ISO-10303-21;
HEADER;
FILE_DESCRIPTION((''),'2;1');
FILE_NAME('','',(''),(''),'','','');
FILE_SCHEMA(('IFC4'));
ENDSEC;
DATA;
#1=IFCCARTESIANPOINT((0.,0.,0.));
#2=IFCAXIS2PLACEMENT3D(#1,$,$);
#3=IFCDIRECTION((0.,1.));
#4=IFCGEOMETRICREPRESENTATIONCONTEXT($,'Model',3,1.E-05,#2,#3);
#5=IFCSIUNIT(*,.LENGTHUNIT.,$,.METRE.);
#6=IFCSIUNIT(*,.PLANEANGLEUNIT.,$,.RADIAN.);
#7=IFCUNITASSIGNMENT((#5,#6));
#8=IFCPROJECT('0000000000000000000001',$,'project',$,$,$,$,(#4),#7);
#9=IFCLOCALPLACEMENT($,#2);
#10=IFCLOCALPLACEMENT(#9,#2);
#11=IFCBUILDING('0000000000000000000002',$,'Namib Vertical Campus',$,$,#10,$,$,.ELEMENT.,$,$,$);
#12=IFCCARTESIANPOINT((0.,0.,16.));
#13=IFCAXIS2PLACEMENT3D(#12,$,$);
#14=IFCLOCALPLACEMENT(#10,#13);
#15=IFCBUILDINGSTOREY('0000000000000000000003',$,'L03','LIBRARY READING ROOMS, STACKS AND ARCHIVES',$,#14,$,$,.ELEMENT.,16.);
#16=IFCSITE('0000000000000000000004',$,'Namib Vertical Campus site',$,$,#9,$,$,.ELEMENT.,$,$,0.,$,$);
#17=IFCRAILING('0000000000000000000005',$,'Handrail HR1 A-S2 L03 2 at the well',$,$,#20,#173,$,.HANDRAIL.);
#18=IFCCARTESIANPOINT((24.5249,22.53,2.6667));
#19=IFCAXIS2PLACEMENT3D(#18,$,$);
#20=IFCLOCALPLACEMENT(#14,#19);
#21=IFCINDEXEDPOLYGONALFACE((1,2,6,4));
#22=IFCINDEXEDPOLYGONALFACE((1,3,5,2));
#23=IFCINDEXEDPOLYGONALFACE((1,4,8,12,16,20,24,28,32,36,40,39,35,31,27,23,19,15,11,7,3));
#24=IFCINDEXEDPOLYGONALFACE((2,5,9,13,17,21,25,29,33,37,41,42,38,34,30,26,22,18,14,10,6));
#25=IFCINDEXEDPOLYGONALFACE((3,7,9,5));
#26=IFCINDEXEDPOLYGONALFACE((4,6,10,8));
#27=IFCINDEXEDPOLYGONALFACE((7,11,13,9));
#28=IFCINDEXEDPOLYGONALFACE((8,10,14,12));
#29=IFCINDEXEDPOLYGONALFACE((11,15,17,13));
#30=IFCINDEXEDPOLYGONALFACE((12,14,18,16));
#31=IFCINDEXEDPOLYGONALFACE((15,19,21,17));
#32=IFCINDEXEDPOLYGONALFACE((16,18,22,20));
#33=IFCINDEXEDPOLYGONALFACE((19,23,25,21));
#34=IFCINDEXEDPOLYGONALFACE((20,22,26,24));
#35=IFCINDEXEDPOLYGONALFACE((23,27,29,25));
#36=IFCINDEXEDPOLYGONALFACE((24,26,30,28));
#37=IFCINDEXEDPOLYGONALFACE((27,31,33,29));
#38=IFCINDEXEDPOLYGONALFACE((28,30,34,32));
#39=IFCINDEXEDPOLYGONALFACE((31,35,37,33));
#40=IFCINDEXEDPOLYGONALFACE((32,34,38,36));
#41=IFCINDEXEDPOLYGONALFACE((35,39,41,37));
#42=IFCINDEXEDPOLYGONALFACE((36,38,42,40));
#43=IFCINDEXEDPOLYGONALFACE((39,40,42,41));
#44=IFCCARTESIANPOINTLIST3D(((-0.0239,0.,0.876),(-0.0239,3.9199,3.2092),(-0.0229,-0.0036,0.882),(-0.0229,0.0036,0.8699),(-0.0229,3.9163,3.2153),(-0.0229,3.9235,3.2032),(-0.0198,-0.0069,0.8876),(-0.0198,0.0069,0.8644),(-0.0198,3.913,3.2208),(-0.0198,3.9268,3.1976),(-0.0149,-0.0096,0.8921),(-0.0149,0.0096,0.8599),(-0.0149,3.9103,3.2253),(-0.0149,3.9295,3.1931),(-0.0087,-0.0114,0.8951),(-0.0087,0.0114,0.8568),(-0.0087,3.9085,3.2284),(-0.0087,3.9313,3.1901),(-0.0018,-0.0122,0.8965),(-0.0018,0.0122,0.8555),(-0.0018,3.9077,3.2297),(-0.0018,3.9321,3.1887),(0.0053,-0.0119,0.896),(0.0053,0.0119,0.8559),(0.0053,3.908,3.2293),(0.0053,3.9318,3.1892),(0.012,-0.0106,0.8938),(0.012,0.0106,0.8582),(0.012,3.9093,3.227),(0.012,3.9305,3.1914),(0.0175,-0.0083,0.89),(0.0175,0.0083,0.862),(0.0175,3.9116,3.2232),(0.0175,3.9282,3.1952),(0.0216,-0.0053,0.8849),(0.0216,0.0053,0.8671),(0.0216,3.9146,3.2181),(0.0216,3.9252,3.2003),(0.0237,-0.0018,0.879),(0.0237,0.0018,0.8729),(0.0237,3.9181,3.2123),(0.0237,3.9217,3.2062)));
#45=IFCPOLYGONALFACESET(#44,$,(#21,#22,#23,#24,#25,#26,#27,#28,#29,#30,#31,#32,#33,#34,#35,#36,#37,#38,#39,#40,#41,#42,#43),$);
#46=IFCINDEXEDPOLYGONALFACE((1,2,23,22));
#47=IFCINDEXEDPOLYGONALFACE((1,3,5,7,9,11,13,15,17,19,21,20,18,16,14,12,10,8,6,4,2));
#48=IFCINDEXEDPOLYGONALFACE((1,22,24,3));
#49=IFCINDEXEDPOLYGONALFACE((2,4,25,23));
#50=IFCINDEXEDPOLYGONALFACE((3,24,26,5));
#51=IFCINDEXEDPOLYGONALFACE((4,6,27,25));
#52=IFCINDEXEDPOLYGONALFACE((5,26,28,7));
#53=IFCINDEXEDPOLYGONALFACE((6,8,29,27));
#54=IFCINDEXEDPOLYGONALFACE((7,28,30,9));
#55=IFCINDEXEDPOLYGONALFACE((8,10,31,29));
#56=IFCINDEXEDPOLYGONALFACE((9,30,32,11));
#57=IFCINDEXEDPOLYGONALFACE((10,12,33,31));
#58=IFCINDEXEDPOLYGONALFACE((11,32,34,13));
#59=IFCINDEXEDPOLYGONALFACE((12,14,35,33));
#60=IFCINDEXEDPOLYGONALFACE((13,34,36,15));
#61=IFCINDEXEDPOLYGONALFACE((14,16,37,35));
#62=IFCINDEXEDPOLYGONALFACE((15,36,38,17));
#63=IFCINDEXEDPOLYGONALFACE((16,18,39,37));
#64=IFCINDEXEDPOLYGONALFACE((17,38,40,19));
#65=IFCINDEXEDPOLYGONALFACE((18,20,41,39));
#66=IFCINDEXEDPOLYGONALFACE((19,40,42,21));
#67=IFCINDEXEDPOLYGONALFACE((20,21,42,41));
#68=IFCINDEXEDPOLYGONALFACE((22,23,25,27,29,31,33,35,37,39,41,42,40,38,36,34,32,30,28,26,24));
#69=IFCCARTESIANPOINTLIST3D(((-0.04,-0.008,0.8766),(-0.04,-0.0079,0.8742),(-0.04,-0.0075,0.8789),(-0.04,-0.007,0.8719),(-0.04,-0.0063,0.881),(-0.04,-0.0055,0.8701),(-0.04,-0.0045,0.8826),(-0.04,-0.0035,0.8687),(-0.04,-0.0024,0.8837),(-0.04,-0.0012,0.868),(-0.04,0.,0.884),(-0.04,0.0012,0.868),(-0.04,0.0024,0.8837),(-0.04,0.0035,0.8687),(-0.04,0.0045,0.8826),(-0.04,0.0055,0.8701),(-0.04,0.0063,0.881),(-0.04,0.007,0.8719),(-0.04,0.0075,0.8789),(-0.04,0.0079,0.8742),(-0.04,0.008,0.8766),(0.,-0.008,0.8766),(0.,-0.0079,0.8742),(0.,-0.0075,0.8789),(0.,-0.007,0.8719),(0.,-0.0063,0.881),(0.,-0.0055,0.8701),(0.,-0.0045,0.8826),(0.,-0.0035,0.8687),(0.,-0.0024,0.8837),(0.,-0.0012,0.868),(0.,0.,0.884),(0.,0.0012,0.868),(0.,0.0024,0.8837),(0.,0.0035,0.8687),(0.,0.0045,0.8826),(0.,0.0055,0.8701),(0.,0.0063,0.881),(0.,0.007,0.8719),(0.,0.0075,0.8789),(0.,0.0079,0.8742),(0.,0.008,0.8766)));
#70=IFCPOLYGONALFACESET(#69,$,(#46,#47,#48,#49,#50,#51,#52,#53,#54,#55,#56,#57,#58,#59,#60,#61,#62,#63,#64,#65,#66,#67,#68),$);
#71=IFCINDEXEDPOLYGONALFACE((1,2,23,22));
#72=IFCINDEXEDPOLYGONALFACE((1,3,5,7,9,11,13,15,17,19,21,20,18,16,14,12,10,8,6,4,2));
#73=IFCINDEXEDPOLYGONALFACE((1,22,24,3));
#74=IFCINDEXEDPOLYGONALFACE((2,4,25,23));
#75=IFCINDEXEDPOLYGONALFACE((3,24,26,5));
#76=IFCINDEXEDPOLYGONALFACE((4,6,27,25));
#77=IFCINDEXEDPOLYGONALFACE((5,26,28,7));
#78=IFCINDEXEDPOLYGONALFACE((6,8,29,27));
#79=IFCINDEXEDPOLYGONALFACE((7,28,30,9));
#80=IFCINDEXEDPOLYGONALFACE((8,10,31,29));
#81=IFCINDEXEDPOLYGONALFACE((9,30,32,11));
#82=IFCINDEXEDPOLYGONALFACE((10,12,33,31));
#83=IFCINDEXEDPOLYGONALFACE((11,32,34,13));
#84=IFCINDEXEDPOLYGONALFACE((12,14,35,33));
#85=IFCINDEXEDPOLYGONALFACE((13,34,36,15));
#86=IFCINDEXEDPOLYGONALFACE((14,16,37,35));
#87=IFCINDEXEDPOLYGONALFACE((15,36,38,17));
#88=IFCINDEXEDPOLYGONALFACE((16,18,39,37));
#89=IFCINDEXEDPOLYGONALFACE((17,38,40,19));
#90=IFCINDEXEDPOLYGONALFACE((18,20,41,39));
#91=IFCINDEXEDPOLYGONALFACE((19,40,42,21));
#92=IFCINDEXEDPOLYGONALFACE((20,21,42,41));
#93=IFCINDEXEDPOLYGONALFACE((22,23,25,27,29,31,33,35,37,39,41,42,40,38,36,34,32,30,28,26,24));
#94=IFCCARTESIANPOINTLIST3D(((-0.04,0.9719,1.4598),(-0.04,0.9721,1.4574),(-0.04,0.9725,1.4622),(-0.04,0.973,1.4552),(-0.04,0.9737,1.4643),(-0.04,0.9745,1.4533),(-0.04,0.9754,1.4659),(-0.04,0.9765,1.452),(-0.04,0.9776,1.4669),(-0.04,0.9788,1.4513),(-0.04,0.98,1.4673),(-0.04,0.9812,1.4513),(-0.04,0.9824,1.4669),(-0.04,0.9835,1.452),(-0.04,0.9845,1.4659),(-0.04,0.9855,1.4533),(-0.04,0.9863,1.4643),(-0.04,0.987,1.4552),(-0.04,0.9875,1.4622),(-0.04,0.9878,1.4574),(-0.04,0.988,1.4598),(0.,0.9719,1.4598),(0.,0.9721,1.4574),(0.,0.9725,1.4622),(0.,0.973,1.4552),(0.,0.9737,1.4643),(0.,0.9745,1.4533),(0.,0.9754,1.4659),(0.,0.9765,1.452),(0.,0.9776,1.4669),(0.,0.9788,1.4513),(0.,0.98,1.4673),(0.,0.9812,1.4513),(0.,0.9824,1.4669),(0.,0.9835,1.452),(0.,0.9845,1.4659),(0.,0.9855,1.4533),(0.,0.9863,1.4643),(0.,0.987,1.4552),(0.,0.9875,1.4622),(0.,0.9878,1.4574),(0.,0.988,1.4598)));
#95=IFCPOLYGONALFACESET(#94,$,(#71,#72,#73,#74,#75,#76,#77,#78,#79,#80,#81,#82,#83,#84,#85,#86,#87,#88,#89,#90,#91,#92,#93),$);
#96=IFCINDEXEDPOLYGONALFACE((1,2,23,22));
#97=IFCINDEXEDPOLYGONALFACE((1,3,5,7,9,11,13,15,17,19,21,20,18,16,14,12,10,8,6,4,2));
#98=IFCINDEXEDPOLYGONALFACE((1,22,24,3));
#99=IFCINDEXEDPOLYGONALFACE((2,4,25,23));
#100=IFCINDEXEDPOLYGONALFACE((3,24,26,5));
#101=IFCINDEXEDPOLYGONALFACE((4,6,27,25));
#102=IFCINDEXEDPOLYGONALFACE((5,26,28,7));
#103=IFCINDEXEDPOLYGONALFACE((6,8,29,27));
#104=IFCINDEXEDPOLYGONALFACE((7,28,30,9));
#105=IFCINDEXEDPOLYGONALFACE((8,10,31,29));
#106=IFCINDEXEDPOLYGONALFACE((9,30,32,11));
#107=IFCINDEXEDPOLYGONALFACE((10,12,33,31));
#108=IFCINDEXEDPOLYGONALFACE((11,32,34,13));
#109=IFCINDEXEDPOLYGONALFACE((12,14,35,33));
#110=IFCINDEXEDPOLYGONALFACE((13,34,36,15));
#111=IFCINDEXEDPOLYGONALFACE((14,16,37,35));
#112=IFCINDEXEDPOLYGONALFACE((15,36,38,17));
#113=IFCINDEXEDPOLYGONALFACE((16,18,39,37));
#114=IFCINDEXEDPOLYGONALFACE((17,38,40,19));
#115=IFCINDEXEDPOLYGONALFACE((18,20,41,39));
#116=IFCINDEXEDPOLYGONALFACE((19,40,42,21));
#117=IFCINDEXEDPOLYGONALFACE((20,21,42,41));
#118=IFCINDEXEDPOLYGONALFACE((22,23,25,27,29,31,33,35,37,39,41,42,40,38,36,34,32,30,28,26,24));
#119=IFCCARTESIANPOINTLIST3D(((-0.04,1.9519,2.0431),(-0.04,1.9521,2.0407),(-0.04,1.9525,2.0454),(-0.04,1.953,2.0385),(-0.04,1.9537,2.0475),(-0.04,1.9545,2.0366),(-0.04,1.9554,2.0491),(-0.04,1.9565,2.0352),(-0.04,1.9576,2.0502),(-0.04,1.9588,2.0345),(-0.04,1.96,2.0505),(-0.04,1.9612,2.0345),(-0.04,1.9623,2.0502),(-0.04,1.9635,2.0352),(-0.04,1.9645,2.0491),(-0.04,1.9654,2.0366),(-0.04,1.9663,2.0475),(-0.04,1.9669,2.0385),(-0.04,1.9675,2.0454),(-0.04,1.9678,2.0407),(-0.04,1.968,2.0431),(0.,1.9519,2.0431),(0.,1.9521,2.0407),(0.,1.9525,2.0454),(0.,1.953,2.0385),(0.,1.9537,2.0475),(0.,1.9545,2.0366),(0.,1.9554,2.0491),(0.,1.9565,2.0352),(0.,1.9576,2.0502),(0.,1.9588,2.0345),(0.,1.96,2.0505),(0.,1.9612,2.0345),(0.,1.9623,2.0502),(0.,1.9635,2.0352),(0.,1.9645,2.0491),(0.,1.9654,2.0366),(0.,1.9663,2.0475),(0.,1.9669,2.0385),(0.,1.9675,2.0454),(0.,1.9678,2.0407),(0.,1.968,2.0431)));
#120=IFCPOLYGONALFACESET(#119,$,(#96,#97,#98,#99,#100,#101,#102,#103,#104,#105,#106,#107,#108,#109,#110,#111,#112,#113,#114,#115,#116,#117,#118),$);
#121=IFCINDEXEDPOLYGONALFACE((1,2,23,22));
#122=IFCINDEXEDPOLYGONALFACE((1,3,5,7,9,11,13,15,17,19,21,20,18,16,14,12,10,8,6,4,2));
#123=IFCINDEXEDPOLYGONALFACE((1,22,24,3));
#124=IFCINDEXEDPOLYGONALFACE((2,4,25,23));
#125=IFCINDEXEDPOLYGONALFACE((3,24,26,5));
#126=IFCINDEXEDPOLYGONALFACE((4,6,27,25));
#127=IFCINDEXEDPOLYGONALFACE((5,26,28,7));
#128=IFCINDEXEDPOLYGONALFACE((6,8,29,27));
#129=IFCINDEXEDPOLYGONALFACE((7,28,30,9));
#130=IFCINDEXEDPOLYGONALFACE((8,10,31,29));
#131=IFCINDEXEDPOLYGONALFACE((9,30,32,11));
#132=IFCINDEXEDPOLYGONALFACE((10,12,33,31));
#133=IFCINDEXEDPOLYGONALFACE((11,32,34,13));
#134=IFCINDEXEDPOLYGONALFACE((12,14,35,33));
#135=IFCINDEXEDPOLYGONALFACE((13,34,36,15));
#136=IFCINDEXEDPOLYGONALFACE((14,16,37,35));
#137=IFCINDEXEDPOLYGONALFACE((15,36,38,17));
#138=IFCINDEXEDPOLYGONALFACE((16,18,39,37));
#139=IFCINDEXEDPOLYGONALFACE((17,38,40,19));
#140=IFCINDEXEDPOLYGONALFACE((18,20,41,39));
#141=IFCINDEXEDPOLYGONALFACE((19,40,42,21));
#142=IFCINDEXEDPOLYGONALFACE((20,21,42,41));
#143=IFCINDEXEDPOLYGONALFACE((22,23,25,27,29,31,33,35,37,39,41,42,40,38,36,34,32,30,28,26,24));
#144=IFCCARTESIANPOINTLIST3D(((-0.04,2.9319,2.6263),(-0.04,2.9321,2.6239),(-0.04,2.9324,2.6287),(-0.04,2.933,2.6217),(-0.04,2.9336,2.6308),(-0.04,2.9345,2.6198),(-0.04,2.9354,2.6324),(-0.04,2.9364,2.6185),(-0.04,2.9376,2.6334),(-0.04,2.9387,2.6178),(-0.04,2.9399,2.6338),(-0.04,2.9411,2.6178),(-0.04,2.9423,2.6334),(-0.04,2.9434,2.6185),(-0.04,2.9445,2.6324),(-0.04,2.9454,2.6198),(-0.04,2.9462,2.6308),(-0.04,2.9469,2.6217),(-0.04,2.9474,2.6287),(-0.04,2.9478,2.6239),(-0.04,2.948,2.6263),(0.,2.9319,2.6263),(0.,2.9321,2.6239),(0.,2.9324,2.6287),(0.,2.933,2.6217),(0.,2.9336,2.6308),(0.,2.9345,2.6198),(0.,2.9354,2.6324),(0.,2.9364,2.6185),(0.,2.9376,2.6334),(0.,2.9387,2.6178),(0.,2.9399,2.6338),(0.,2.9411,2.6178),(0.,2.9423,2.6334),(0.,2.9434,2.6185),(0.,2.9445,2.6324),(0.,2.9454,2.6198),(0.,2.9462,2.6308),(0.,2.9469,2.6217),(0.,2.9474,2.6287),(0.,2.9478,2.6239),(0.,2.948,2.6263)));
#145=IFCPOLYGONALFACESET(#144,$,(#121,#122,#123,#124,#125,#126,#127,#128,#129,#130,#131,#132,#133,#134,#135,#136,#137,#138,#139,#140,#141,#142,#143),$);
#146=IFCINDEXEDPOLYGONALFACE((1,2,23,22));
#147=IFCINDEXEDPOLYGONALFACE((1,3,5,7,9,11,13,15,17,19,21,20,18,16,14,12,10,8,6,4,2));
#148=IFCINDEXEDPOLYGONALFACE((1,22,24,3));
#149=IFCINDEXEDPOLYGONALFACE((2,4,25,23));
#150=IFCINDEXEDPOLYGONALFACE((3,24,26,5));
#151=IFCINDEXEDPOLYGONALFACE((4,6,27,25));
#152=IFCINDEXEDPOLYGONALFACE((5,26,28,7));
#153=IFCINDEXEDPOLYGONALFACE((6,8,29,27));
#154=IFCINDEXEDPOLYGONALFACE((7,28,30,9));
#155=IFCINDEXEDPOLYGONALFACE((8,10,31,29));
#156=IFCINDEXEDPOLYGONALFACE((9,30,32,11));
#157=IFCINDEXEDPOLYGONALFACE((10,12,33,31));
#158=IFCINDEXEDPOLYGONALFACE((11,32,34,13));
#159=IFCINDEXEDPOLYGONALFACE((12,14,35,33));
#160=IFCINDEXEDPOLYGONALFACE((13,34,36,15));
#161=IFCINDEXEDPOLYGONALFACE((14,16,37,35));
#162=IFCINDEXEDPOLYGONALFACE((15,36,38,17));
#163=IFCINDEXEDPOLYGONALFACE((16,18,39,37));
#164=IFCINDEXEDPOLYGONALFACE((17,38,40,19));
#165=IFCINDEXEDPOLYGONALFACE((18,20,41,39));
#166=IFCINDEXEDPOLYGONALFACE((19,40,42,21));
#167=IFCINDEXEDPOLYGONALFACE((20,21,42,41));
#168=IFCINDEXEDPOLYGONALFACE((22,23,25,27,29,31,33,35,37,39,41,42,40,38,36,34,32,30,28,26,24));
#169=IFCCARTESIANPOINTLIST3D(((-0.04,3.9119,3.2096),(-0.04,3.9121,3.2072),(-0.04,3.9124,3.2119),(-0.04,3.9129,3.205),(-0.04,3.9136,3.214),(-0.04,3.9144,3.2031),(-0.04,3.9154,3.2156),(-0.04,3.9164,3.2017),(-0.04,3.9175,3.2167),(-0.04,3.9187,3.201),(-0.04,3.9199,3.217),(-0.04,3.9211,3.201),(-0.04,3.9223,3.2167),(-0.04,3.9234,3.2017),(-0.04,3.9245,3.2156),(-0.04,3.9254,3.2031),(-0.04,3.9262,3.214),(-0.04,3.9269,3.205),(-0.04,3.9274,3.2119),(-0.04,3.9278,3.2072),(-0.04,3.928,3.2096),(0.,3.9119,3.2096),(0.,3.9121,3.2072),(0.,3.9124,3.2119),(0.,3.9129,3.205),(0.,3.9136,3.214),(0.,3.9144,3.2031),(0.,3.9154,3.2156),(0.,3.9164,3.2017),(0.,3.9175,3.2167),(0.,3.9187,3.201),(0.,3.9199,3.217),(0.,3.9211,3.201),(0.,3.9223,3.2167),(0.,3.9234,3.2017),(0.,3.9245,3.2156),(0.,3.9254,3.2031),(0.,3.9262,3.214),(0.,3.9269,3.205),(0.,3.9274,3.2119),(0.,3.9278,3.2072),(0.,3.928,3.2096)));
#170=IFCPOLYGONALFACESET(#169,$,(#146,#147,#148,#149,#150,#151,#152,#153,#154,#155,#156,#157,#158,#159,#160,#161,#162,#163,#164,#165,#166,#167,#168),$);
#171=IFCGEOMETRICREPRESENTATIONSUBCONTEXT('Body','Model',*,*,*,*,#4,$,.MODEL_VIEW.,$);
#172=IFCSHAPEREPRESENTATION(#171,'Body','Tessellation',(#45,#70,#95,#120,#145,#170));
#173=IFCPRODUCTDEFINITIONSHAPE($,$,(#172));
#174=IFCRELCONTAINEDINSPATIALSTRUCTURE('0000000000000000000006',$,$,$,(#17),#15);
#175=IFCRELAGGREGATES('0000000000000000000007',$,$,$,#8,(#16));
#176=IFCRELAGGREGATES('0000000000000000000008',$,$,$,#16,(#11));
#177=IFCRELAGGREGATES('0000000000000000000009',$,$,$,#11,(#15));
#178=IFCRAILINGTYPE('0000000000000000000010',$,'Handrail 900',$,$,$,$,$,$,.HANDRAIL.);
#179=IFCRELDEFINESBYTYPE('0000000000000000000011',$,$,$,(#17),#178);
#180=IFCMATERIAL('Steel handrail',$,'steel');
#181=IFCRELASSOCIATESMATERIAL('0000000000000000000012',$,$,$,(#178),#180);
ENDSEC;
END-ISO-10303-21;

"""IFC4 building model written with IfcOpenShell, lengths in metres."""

from ifc_helpers import new_model, si_unit, direction, frame, origin, origin_2d, place, context, subcontext, project, spatial, circle, extrude, material, type_object, element, save


model = new_model("IFC4")

# Units and contexts
model_context = context("Model", 3, precision=1e-05, world=origin(), true_north=direction((0.0, 1.0)))
body_context = subcontext(model_context, "Body", "Model", "MODEL_VIEW")
ifc_project = project(units=[si_unit("LENGTHUNIT", "METRE"), si_unit("PLANEANGLEUNIT", "RADIAN")], contexts=[model_context])

# Site, building, storey
site_placement = place(None, origin())
site = spatial("IfcSite", under=ifc_project, at=site_placement, Name="Namib Vertical Campus site", CompositionType="ELEMENT", RefElevation=0.0)
building_placement = place(site_placement, origin())
building = spatial("IfcBuilding", under=site, at=building_placement, Name="Namib Vertical Campus", CompositionType="ELEMENT")
storey_placement = place(building_placement, frame((0.0, 0.0, 16.0)))
storey = spatial("IfcBuildingStorey", under=building, at=storey_placement, Name="L03", Description="LIBRARY READING ROOMS, STACKS AND ARCHIVES", CompositionType="ELEMENT", Elevation=16.0)

# Railing
ifc_material_1 = material(Name="Steel handrail", Category="steel")
railing_type_1 = type_object("IfcRailingType", Name="Handrail 900", PredefinedType="HANDRAIL", material=ifc_material_1)
railing_1_placement = place(storey_placement, frame((24.5249, 22.53, 2.6667)))
element("IfcRailing", 1, at=railing_1_placement, inside=storey, type_object=railing_type_1, Name="Handrail HR1 A-S2 L03 2 at the well", PredefinedType="HANDRAIL", context=body_context, shape_type="SweptSolid", body=[
    extrude(circle(Radius=0.0239, at=origin_2d()), frame((0.0, 0.0, 0.876), z_axis=(0.0, 0.859296, 0.511478), x_axis=(-1.0, 0.0, 0.0)), (0.0, 0.0, 1.0), 4.5618),
    extrude(circle(Radius=0.0081, at=origin_2d()), frame((0.0, 0.0, 0.876), z_axis=(-1.0, 0.0, 0.0), x_axis=(0.0, 0.0, 1.0)), (0.0, 0.0, 1.0), 0.04),
    extrude(circle(Radius=0.0081, at=origin_2d()), frame((0.0, 0.98, 1.4592), z_axis=(-1.0, 0.0, 0.0), x_axis=(0.0, 0.0, 1.0)), (0.0, 0.0, 1.0), 0.04),
    extrude(circle(Radius=0.0081, at=origin_2d()), frame((0.0, 1.96, 2.0425), z_axis=(-1.0, 0.0, 0.0), x_axis=(0.0, 0.0, 1.0)), (0.0, 0.0, 1.0), 0.04),
    extrude(circle(Radius=0.0081, at=origin_2d()), frame((0.0, 2.9399, 2.6257), z_axis=(-1.0, 0.0, 0.0), x_axis=(0.0, 0.0, 1.0)), (0.0, 0.0, 1.0), 0.04),
    extrude(circle(Radius=0.0081, at=origin_2d()), frame((0.0, 3.9199, 3.209), z_axis=(-1.0, 0.0, 0.0), x_axis=(0.0, 0.0, 1.0)), (0.0, 0.0, 1.0), 0.04),
])

save(model, "model.ifc")
